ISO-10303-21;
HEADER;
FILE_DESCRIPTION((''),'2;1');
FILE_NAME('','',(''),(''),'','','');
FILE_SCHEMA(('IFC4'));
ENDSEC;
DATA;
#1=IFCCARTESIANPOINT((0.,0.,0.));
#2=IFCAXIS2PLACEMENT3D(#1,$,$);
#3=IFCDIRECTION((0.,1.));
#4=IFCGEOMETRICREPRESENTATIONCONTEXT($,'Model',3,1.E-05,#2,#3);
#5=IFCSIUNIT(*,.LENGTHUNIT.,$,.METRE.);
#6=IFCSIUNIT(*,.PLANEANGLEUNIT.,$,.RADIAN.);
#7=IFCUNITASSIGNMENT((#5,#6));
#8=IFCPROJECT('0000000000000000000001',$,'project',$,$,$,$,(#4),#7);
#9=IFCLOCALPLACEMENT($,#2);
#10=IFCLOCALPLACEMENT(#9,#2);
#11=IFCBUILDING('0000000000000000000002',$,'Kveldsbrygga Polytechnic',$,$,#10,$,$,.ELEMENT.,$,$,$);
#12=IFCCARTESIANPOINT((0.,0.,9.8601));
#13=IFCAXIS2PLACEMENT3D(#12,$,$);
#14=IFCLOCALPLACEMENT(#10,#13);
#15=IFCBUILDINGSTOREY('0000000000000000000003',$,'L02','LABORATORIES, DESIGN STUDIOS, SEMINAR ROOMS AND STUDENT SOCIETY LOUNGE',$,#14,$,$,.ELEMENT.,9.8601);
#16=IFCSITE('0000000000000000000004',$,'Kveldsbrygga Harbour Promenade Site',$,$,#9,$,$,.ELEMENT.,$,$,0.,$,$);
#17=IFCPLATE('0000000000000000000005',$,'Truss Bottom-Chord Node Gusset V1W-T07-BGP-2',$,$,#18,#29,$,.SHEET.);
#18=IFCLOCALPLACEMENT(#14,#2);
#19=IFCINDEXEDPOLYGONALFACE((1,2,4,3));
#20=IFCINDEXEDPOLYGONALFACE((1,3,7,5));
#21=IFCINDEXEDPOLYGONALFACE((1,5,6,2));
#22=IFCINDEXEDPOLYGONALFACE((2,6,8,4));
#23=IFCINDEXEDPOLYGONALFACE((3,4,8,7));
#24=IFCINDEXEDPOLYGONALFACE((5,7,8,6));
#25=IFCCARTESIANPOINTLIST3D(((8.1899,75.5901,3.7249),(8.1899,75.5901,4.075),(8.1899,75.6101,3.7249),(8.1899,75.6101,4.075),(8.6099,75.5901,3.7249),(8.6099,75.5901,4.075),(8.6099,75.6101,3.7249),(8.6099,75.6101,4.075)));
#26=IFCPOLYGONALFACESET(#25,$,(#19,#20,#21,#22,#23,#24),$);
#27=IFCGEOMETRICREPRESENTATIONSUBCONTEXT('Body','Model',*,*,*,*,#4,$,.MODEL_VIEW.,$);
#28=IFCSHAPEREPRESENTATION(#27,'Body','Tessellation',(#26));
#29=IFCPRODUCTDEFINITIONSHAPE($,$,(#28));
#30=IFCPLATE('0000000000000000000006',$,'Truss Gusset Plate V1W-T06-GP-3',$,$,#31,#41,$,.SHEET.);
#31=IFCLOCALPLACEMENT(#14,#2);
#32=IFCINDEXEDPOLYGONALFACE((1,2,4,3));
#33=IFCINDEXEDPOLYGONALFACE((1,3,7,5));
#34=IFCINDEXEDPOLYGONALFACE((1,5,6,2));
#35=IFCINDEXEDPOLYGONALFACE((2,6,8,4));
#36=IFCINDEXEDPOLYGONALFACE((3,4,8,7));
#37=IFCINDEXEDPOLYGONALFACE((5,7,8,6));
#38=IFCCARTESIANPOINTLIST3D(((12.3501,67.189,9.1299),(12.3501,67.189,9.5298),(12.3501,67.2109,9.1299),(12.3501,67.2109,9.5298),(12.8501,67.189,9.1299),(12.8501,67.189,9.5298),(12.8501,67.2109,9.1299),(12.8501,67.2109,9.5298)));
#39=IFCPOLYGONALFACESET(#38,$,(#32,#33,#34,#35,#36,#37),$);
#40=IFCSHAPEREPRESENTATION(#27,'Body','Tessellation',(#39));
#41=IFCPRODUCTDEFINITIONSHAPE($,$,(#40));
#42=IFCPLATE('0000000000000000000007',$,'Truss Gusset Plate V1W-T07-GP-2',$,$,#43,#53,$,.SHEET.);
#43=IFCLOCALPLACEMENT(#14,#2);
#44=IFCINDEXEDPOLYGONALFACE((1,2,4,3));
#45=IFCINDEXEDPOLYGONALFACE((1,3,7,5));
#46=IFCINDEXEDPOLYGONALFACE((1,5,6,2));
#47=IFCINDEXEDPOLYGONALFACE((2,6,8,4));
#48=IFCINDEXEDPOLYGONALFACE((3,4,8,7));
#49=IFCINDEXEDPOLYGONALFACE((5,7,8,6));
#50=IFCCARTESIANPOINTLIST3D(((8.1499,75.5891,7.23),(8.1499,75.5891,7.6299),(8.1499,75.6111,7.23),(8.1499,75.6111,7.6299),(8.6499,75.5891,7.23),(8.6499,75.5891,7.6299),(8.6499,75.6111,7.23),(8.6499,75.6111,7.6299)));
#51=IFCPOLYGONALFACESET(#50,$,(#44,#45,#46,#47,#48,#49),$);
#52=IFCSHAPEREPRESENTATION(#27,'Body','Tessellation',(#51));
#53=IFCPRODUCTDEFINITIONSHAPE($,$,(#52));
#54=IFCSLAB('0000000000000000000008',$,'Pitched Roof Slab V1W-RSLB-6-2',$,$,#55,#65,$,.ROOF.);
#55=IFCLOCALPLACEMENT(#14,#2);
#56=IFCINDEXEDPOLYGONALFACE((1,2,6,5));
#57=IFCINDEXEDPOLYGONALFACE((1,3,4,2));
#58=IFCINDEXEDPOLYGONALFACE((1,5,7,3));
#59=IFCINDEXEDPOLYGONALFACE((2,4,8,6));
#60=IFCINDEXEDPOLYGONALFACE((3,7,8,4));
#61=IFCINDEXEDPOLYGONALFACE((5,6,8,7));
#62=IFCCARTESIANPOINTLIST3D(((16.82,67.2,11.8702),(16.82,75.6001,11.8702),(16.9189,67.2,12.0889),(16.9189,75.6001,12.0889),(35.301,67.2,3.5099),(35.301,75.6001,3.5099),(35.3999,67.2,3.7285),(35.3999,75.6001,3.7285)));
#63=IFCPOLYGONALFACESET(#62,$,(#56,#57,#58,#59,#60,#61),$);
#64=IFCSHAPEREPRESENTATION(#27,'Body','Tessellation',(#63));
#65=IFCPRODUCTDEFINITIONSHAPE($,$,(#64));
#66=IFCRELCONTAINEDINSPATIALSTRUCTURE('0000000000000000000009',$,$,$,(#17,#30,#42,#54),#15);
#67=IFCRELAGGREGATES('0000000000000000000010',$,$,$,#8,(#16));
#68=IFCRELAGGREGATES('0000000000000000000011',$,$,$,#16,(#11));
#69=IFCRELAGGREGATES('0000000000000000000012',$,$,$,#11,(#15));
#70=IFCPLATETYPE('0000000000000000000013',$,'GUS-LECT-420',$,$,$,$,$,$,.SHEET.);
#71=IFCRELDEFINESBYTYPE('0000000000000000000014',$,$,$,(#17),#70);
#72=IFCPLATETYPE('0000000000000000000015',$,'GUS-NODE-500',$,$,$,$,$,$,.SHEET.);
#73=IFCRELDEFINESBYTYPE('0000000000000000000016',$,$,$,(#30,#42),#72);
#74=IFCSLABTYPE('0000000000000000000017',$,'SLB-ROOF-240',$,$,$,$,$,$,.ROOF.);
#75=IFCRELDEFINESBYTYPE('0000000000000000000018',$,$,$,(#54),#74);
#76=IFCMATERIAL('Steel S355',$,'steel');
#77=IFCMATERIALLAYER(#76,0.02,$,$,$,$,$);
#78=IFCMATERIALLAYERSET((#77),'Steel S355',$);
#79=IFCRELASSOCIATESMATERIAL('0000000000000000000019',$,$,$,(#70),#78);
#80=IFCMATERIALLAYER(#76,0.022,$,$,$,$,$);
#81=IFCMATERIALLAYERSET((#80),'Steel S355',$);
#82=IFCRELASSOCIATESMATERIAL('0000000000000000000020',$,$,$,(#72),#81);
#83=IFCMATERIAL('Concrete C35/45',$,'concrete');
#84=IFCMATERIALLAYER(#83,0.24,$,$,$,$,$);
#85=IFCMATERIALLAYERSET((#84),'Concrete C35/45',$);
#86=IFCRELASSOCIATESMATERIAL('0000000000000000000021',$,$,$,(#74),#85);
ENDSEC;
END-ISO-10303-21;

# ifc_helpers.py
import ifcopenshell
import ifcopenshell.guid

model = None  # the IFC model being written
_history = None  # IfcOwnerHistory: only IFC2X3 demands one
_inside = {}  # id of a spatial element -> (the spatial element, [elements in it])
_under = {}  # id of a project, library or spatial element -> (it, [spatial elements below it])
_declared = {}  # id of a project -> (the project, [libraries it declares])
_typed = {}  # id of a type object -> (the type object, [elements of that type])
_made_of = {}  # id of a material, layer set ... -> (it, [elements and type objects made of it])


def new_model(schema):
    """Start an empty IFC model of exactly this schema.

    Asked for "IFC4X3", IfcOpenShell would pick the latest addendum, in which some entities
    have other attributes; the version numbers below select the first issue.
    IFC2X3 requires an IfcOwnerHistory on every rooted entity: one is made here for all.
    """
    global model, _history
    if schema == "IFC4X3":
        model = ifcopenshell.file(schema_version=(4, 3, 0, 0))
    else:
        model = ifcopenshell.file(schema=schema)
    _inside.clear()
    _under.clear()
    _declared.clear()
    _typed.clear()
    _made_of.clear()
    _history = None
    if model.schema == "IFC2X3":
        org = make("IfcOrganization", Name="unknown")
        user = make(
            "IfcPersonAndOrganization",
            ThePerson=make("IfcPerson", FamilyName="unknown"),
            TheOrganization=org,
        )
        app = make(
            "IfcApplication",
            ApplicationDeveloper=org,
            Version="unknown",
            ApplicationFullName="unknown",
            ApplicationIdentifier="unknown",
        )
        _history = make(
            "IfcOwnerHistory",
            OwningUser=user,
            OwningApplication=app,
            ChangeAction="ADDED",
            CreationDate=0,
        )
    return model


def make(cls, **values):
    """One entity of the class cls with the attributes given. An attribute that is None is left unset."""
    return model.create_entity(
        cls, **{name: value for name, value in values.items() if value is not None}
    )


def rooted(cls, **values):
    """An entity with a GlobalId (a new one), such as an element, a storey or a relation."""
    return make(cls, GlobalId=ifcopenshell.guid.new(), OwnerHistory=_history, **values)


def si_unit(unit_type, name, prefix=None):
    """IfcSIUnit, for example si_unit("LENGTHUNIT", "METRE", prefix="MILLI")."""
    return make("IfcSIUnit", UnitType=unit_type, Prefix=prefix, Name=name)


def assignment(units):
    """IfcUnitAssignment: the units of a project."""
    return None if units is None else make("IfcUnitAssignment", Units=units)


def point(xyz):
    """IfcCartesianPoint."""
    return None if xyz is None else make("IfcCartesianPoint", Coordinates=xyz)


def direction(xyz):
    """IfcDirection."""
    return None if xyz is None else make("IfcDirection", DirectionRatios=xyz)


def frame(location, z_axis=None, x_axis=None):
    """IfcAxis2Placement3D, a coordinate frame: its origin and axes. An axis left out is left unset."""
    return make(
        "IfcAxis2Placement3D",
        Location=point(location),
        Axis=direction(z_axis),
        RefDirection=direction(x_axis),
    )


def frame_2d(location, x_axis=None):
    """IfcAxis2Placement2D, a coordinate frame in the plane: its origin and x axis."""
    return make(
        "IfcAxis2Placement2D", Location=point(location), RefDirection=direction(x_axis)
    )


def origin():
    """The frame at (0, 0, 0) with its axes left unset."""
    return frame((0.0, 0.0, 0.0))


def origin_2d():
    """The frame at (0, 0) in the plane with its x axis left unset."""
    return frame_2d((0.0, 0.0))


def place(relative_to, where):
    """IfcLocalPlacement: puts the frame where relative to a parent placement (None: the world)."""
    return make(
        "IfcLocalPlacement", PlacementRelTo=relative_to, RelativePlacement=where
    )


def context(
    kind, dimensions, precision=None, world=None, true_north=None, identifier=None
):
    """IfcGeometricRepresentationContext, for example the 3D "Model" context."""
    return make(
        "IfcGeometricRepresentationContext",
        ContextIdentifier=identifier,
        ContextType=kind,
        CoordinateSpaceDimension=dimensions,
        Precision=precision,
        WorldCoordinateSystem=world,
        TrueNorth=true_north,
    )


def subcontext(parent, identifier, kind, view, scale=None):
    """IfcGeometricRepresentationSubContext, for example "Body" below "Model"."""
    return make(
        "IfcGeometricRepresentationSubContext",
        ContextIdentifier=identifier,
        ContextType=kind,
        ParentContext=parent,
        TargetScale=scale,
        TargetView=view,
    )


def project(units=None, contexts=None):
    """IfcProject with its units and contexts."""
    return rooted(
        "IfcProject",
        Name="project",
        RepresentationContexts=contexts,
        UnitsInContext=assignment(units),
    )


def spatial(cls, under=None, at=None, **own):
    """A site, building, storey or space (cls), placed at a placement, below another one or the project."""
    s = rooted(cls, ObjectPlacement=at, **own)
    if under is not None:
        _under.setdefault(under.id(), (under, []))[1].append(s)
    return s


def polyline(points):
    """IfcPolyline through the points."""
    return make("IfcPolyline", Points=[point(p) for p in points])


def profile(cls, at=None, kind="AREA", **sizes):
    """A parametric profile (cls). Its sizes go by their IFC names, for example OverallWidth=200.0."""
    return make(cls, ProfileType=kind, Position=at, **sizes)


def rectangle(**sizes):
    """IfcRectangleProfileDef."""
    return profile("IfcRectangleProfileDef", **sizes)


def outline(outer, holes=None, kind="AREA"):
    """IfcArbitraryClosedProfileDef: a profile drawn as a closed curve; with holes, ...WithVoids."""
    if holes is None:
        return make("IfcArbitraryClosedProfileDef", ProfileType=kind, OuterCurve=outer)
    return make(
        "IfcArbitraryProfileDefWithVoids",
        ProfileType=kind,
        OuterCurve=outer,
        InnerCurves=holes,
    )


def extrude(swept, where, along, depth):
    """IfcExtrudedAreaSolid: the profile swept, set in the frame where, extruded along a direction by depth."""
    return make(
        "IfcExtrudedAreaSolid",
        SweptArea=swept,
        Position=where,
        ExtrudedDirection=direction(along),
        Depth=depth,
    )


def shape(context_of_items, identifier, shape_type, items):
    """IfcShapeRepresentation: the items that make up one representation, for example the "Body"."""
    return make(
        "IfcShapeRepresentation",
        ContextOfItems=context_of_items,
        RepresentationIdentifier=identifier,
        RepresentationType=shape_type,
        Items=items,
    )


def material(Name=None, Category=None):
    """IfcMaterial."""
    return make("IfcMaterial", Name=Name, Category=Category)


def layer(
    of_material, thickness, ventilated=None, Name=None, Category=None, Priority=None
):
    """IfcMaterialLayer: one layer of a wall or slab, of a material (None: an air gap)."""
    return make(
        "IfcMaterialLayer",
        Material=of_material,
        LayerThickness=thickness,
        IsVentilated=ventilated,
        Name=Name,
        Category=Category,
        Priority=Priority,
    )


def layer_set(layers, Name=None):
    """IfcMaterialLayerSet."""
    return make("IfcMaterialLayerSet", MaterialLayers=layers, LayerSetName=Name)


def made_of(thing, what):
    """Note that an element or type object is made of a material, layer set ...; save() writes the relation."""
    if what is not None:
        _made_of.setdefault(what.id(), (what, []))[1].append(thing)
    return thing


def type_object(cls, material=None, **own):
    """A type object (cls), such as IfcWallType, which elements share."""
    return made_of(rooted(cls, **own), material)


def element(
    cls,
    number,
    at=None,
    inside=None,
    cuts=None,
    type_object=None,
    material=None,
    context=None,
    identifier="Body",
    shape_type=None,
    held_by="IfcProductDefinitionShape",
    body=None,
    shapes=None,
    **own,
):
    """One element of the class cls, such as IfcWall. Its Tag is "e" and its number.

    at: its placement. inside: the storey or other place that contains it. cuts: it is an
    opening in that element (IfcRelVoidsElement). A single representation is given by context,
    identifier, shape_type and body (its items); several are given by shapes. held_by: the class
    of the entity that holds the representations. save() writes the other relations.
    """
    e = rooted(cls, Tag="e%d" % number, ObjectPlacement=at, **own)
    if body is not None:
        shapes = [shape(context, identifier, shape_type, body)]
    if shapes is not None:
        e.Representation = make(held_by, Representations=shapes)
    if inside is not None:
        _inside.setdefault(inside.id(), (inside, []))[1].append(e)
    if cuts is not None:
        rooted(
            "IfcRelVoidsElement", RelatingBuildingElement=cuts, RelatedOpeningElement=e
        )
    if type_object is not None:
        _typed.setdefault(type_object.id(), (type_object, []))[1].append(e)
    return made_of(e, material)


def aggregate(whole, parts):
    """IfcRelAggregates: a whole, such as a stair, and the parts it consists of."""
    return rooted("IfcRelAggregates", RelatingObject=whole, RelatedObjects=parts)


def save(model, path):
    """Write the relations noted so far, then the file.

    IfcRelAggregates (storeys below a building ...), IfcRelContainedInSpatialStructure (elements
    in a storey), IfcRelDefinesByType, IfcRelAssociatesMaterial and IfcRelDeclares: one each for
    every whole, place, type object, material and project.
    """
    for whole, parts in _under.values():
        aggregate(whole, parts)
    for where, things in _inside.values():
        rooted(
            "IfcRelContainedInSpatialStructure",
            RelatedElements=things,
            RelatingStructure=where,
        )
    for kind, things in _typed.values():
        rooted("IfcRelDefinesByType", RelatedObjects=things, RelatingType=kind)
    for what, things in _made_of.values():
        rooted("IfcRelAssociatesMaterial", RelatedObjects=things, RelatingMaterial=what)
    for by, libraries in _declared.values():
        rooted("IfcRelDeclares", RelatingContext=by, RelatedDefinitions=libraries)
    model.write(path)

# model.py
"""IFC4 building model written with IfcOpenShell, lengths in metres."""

from ifc_helpers import new_model, si_unit, direction, frame, origin, origin_2d, place, context, subcontext, project, spatial, polyline, rectangle, outline, extrude, material, layer, layer_set, type_object, element, save


model = new_model("IFC4")

# Units and contexts
model_context = context("Model", 3, precision=1e-05, world=origin(), true_north=direction((0.0, 1.0)))
body_context = subcontext(model_context, "Body", "Model", "MODEL_VIEW")
ifc_project = project(units=[si_unit("LENGTHUNIT", "METRE"), si_unit("PLANEANGLEUNIT", "RADIAN")], contexts=[model_context])

# Site, building, storey
site_placement = place(None, origin())
site = spatial("IfcSite", under=ifc_project, at=site_placement, Name="Kveldsbrygga Harbour Promenade Site", CompositionType="ELEMENT", RefElevation=0.0)
building_placement = place(site_placement, origin())
building = spatial("IfcBuilding", under=site, at=building_placement, Name="Kveldsbrygga Polytechnic", CompositionType="ELEMENT")
storey_placement = place(building_placement, frame((0.0, 0.0, 9.8601)))
storey = spatial("IfcBuildingStorey", under=building, at=storey_placement, Name="L02", Description="LABORATORIES, DESIGN STUDIOS, SEMINAR ROOMS AND STUDENT SOCIETY LOUNGE", CompositionType="ELEMENT", Elevation=9.8601)

# Shared definitions
ifc_material_1 = material(Name="Steel S355", Category="steel")

# Plates
ifc_layer_1 = layer(ifc_material_1, 0.02)
ifc_layer_set_1 = layer_set([ifc_layer_1], Name="Steel S355")
plate_type_1 = type_object("IfcPlateType", Name="GUS-LECT-420", PredefinedType="SHEET", material=ifc_layer_set_1)
for number, where, z_axis, x_axis, name in (
    (1, (8.3999, 75.6001, 3.7249), (0.0, 0.0, 1.0), (1.0, 0.0, 0.0), "Truss Bottom-Chord Node Gusset V1W-T07-BGP-2"),
):
    element("IfcPlate", number, at=place(storey_placement, frame(where, z_axis=z_axis, x_axis=x_axis)), inside=storey, type_object=plate_type_1, Name=name, PredefinedType="SHEET", context=body_context, shape_type="SweptSolid", body=[
        extrude(rectangle(XDim=0.4199, YDim=0.02, at=origin_2d()), origin(), (0.0, 0.0, 1.0), 0.3501),
    ])
ifc_layer_2 = layer(ifc_material_1, 0.022)
ifc_layer_set_2 = layer_set([ifc_layer_2], Name="Steel S355")
plate_type_2 = type_object("IfcPlateType", Name="GUS-NODE-500", PredefinedType="SHEET", material=ifc_layer_set_2)
for number, where, z_axis, x_axis, name in (
    (2, (12.6001, 67.2, 9.1299), (0.0, 0.0, 1.0), (1.0, 0.0, 0.0), "Truss Gusset Plate V1W-T06-GP-3"),
    (3, (8.3999, 75.6001, 7.23), (0.0, 0.0, 1.0), (1.0, 0.0, 0.0), "Truss Gusset Plate V1W-T07-GP-2"),
):
    element("IfcPlate", number, at=place(storey_placement, frame(where, z_axis=z_axis, x_axis=x_axis)), inside=storey, type_object=plate_type_2, Name=name, PredefinedType="SHEET", context=body_context, shape_type="SweptSolid", body=[
        extrude(rectangle(XDim=0.5, YDim=0.022, at=origin_2d()), origin(), (0.0, 0.0, 1.0), 0.3999),
    ])

# Slab
ifc_material_2 = material(Name="Concrete C35/45", Category="concrete")
ifc_layer_3 = layer(ifc_material_2, 0.24)
ifc_layer_set_3 = layer_set([ifc_layer_3], Name="Concrete C35/45")
slab_type = type_object("IfcSlabType", Name="SLB-ROOF-240", PredefinedType="ROOF", material=ifc_layer_set_3)
slab_placement = place(storey_placement, frame((16.9189, 67.2, 12.0889), z_axis=(0.412165, 0.0, 0.911109), x_axis=(0.911109, 0.0, -0.412165)))
element("IfcSlab", 4, at=slab_placement, inside=storey, type_object=slab_type, Name="Pitched Roof Slab V1W-RSLB-6-2", PredefinedType="ROOF", context=body_context, shape_type="SweptSolid", body=[
    extrude(outline(polyline([(0.0, 0.0), (20.284, 0.0), (20.284, 8.4001), (0.0, 8.4001), (0.0, 0.0)])), origin(), (0.0, 0.0, -1.0), 0.24),
])

save(model, "model.ifc")
